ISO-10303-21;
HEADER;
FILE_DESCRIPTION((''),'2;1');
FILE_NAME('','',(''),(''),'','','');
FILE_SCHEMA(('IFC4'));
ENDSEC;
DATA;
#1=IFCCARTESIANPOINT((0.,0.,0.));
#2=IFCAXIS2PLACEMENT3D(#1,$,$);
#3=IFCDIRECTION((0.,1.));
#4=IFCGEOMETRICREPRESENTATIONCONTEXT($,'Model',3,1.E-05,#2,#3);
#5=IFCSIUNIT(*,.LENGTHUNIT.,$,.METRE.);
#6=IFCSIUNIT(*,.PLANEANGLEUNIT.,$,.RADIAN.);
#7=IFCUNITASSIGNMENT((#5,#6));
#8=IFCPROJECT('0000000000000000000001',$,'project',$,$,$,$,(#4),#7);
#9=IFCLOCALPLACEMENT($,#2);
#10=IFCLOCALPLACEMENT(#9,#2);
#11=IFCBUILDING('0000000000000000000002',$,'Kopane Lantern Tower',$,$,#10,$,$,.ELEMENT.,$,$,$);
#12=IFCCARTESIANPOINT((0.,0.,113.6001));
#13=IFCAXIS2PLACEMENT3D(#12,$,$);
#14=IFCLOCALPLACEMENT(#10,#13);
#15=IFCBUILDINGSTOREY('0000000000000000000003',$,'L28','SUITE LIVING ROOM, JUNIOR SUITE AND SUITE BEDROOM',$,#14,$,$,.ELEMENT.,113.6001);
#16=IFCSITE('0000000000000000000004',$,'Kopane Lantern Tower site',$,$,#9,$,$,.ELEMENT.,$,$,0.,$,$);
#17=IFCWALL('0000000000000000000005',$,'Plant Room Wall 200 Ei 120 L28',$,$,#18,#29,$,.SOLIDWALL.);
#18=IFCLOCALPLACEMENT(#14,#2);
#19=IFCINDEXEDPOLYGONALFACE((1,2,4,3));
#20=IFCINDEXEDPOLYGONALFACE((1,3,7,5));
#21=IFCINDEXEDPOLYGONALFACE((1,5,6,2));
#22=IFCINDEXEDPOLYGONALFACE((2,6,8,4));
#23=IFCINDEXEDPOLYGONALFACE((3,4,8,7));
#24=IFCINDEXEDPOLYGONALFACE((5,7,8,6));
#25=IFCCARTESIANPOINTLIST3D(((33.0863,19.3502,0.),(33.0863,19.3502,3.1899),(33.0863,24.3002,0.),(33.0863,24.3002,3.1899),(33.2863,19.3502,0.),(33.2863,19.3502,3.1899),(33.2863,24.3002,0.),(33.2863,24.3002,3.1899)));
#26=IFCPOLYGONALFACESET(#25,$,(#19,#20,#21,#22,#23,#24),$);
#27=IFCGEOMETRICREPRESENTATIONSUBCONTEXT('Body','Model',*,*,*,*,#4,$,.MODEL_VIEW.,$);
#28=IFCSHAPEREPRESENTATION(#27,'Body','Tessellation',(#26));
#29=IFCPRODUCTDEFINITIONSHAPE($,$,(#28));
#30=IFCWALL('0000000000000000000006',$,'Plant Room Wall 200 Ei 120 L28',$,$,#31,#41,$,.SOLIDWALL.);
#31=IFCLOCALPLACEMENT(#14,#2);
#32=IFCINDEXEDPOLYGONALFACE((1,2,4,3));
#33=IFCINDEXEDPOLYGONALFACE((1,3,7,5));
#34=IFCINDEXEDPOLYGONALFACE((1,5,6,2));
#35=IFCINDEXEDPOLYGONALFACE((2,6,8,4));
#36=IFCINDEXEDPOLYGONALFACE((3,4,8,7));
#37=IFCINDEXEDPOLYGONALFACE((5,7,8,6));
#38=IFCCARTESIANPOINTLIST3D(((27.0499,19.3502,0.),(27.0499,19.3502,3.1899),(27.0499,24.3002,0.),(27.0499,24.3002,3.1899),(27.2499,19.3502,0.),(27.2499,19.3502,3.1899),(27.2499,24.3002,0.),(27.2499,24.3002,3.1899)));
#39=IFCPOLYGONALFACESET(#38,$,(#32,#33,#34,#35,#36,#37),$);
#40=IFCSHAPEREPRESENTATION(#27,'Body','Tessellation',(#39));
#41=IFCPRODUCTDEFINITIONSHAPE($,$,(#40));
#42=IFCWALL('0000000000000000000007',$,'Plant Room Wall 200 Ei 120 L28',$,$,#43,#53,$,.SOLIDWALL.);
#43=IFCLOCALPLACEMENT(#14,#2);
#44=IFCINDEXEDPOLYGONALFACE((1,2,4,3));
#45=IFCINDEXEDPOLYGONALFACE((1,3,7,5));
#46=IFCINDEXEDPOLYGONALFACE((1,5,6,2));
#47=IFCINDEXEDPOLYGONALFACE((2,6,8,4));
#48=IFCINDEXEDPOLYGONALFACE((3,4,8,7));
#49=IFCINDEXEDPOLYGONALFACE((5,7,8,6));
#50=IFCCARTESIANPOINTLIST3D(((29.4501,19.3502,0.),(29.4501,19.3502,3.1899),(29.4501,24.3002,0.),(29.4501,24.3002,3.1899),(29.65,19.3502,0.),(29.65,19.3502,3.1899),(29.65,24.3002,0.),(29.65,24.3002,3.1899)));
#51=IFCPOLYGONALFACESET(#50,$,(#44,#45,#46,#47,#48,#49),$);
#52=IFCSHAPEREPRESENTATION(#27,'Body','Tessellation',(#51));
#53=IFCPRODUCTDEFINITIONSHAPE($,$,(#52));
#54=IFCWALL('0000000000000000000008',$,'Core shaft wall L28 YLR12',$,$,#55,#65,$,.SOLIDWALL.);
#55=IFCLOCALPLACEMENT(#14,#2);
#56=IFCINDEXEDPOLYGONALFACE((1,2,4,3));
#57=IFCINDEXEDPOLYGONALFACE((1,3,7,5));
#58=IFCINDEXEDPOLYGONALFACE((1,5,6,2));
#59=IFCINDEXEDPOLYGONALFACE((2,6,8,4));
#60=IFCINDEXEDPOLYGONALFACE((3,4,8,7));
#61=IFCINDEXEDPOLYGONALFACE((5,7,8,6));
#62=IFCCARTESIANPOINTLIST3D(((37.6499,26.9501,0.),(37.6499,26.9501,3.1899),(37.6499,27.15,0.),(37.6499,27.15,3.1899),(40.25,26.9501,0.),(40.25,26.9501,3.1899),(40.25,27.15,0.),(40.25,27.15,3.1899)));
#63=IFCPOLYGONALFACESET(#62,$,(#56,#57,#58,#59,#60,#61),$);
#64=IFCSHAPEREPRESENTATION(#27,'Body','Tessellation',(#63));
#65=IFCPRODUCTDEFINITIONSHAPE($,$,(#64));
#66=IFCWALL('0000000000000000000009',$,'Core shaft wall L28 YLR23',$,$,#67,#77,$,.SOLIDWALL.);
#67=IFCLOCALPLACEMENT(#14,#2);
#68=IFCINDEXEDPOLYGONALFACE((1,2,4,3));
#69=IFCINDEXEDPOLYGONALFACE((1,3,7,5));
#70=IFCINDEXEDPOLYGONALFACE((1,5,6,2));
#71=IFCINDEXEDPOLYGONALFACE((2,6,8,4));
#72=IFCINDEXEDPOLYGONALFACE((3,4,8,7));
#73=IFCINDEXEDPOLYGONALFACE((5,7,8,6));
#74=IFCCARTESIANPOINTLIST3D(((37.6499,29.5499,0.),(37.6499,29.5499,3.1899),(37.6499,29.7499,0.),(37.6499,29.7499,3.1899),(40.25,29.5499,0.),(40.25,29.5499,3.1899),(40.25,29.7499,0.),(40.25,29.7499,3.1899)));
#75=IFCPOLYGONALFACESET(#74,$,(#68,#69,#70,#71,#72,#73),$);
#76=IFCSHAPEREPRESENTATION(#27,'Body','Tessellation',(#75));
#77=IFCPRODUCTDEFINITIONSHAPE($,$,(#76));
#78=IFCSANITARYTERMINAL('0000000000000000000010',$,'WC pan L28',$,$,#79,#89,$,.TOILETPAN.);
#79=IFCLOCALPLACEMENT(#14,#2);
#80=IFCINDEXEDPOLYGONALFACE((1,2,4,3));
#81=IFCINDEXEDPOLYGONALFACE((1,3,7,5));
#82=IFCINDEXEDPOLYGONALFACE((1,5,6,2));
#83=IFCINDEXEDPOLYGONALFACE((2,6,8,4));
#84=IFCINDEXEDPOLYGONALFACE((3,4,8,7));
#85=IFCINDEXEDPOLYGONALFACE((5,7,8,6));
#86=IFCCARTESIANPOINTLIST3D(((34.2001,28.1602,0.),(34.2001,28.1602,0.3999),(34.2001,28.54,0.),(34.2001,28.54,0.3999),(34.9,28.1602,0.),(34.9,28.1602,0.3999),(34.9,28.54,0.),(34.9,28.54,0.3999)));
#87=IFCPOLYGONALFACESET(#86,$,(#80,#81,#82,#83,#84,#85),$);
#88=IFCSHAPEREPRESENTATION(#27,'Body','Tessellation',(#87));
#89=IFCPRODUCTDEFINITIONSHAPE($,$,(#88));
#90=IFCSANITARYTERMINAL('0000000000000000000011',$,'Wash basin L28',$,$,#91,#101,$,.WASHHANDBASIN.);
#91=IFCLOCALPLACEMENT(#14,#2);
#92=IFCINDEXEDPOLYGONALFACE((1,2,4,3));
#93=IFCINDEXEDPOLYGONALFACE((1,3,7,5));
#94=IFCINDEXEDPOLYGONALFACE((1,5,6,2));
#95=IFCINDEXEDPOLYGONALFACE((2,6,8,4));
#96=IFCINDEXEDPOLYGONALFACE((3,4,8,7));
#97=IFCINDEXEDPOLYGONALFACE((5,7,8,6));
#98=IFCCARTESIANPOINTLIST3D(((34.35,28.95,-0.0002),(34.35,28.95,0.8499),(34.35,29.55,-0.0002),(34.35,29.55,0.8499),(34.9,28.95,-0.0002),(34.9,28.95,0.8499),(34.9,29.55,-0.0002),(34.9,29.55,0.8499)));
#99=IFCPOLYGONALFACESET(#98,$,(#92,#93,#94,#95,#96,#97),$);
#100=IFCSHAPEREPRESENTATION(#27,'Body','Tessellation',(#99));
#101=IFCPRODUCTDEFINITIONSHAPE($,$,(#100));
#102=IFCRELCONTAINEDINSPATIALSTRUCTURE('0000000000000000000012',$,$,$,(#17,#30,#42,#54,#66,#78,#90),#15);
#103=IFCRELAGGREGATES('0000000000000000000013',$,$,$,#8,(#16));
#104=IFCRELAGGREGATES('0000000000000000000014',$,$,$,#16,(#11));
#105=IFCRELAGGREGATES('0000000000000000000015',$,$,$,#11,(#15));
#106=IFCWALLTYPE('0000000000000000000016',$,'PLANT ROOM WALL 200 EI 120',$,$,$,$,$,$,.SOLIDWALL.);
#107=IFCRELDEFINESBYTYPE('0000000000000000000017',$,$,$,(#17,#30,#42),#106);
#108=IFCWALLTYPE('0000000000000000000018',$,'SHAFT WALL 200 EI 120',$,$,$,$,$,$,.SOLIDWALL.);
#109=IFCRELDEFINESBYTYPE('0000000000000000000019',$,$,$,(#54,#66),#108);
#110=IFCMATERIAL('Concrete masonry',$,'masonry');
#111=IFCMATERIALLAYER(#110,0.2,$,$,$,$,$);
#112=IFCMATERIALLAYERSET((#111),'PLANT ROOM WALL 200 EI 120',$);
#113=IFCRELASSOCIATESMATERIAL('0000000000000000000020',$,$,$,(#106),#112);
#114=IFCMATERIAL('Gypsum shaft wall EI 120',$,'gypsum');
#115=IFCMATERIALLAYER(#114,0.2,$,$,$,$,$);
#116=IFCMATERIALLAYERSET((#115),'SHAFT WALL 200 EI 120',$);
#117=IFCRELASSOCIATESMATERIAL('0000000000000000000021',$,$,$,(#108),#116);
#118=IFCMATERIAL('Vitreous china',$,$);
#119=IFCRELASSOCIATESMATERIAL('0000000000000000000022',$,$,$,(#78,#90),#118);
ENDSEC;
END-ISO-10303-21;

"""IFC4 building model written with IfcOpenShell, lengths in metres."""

from ifc_helpers import new_model, si_unit, direction, frame, frame_2d, origin, origin_2d, place, context, subcontext, project, spatial, rectangle, extrude, material, layer, layer_set, type_object, element, save


model = new_model("IFC4")

# Units and contexts
model_context = context("Model", 3, precision=1e-05, world=origin(), true_north=direction((0.0, 1.0)))
body_context = subcontext(model_context, "Body", "Model", "MODEL_VIEW")
ifc_project = project(units=[si_unit("LENGTHUNIT", "METRE"), si_unit("PLANEANGLEUNIT", "RADIAN")], contexts=[model_context])

# Site, building, storey
site_placement = place(None, origin())
site = spatial("IfcSite", under=ifc_project, at=site_placement, Name="Kopane Lantern Tower site", CompositionType="ELEMENT", RefElevation=0.0)
building_placement = place(site_placement, origin())
building = spatial("IfcBuilding", under=site, at=building_placement, Name="Kopane Lantern Tower", CompositionType="ELEMENT")
storey_placement = place(building_placement, frame((0.0, 0.0, 113.6001)))
storey = spatial("IfcBuildingStorey", under=building, at=storey_placement, Name="L28", Description="SUITE LIVING ROOM, JUNIOR SUITE AND SUITE BEDROOM", CompositionType="ELEMENT", Elevation=113.6001)

# Walls
ifc_material_1 = material(Name="Concrete masonry", Category="masonry")
ifc_layer_1 = layer(ifc_material_1, 0.2)
ifc_layer_set_1 = layer_set([ifc_layer_1], Name="PLANT ROOM WALL 200 EI 120")
wall_type_1 = type_object("IfcWallType", Name="PLANT ROOM WALL 200 EI 120", PredefinedType="SOLIDWALL", material=ifc_layer_set_1)
for number, where, z_axis, x_axis, name in (
    (1, (33.1863, 19.3501, 0.0), (0.0, 0.0, 1.0), (0.0, 1.0, 0.0), "Plant Room Wall 200 Ei 120 L28"),
    (2, (27.1499, 19.3501, 0.0), (0.0, 0.0, 1.0), (0.0, 1.0, 0.0), "Plant Room Wall 200 Ei 120 L28"),
    (3, (29.55, 19.3501, 0.0), (0.0, 0.0, 1.0), (0.0, 1.0, 0.0), "Plant Room Wall 200 Ei 120 L28"),
):
    element("IfcWall", number, at=place(storey_placement, frame(where, z_axis=z_axis, x_axis=x_axis)), inside=storey, type_object=wall_type_1, Name=name, PredefinedType="SOLIDWALL", context=body_context, shape_type="SweptSolid", body=[
        extrude(rectangle(XDim=4.95, YDim=0.2, at=frame_2d((2.4751, 0.0))), origin(), (0.0, 0.0, 1.0), 3.1899),
    ])
ifc_material_2 = material(Name="Gypsum shaft wall EI 120", Category="gypsum")
ifc_layer_2 = layer(ifc_material_2, 0.2)
ifc_layer_set_2 = layer_set([ifc_layer_2], Name="SHAFT WALL 200 EI 120")
wall_type_2 = type_object("IfcWallType", Name="SHAFT WALL 200 EI 120", PredefinedType="SOLIDWALL", material=ifc_layer_set_2)
for number, where, z_axis, x_axis, name in (
    (4, (37.6499, 27.05, 0.0), (0.0, 0.0, 1.0), (1.0, 0.0, 0.0), "Core shaft wall L28 YLR12"),
    (5, (37.6499, 29.6499, 0.0), (0.0, 0.0, 1.0), (1.0, 0.0, 0.0), "Core shaft wall L28 YLR23"),
):
    element("IfcWall", number, at=place(storey_placement, frame(where, z_axis=z_axis, x_axis=x_axis)), inside=storey, type_object=wall_type_2, Name=name, PredefinedType="SOLIDWALL", context=body_context, shape_type="SweptSolid", body=[
        extrude(rectangle(XDim=2.6001, YDim=0.2, at=frame_2d((1.3, 0.0))), origin(), (0.0, 0.0, 1.0), 3.1899),
    ])

# Sanitary terminals
ifc_material_3 = material(Name="Vitreous china")
sanitary_terminal_1_placement = place(storey_placement, frame((34.55, 28.3501, 0.0), z_axis=(0.0, 0.0, 1.0), x_axis=(1.0, 0.0, 0.0)))
element("IfcSanitaryTerminal", 6, at=sanitary_terminal_1_placement, inside=storey, material=ifc_material_3, Name="WC pan L28", PredefinedType="TOILETPAN", context=body_context, shape_type="SweptSolid", body=[
    extrude(rectangle(XDim=0.7, YDim=0.3799, at=origin_2d()), origin(), (0.0, 0.0, 1.0), 0.3999),
])
sanitary_terminal_2_placement = place(storey_placement, frame((34.625, 29.25, -0.0002), z_axis=(0.0, 0.0, 1.0), x_axis=(1.0, 0.0, 0.0)))
element("IfcSanitaryTerminal", 7, at=sanitary_terminal_2_placement, inside=storey, material=ifc_material_3, Name="Wash basin L28", PredefinedType="WASHHANDBASIN", context=body_context, shape_type="SweptSolid", body=[
    extrude(rectangle(XDim=0.55, YDim=0.6001, at=origin_2d()), origin(), (0.0, 0.0, 1.0), 0.8501),
])

save(model, "model.ifc")
